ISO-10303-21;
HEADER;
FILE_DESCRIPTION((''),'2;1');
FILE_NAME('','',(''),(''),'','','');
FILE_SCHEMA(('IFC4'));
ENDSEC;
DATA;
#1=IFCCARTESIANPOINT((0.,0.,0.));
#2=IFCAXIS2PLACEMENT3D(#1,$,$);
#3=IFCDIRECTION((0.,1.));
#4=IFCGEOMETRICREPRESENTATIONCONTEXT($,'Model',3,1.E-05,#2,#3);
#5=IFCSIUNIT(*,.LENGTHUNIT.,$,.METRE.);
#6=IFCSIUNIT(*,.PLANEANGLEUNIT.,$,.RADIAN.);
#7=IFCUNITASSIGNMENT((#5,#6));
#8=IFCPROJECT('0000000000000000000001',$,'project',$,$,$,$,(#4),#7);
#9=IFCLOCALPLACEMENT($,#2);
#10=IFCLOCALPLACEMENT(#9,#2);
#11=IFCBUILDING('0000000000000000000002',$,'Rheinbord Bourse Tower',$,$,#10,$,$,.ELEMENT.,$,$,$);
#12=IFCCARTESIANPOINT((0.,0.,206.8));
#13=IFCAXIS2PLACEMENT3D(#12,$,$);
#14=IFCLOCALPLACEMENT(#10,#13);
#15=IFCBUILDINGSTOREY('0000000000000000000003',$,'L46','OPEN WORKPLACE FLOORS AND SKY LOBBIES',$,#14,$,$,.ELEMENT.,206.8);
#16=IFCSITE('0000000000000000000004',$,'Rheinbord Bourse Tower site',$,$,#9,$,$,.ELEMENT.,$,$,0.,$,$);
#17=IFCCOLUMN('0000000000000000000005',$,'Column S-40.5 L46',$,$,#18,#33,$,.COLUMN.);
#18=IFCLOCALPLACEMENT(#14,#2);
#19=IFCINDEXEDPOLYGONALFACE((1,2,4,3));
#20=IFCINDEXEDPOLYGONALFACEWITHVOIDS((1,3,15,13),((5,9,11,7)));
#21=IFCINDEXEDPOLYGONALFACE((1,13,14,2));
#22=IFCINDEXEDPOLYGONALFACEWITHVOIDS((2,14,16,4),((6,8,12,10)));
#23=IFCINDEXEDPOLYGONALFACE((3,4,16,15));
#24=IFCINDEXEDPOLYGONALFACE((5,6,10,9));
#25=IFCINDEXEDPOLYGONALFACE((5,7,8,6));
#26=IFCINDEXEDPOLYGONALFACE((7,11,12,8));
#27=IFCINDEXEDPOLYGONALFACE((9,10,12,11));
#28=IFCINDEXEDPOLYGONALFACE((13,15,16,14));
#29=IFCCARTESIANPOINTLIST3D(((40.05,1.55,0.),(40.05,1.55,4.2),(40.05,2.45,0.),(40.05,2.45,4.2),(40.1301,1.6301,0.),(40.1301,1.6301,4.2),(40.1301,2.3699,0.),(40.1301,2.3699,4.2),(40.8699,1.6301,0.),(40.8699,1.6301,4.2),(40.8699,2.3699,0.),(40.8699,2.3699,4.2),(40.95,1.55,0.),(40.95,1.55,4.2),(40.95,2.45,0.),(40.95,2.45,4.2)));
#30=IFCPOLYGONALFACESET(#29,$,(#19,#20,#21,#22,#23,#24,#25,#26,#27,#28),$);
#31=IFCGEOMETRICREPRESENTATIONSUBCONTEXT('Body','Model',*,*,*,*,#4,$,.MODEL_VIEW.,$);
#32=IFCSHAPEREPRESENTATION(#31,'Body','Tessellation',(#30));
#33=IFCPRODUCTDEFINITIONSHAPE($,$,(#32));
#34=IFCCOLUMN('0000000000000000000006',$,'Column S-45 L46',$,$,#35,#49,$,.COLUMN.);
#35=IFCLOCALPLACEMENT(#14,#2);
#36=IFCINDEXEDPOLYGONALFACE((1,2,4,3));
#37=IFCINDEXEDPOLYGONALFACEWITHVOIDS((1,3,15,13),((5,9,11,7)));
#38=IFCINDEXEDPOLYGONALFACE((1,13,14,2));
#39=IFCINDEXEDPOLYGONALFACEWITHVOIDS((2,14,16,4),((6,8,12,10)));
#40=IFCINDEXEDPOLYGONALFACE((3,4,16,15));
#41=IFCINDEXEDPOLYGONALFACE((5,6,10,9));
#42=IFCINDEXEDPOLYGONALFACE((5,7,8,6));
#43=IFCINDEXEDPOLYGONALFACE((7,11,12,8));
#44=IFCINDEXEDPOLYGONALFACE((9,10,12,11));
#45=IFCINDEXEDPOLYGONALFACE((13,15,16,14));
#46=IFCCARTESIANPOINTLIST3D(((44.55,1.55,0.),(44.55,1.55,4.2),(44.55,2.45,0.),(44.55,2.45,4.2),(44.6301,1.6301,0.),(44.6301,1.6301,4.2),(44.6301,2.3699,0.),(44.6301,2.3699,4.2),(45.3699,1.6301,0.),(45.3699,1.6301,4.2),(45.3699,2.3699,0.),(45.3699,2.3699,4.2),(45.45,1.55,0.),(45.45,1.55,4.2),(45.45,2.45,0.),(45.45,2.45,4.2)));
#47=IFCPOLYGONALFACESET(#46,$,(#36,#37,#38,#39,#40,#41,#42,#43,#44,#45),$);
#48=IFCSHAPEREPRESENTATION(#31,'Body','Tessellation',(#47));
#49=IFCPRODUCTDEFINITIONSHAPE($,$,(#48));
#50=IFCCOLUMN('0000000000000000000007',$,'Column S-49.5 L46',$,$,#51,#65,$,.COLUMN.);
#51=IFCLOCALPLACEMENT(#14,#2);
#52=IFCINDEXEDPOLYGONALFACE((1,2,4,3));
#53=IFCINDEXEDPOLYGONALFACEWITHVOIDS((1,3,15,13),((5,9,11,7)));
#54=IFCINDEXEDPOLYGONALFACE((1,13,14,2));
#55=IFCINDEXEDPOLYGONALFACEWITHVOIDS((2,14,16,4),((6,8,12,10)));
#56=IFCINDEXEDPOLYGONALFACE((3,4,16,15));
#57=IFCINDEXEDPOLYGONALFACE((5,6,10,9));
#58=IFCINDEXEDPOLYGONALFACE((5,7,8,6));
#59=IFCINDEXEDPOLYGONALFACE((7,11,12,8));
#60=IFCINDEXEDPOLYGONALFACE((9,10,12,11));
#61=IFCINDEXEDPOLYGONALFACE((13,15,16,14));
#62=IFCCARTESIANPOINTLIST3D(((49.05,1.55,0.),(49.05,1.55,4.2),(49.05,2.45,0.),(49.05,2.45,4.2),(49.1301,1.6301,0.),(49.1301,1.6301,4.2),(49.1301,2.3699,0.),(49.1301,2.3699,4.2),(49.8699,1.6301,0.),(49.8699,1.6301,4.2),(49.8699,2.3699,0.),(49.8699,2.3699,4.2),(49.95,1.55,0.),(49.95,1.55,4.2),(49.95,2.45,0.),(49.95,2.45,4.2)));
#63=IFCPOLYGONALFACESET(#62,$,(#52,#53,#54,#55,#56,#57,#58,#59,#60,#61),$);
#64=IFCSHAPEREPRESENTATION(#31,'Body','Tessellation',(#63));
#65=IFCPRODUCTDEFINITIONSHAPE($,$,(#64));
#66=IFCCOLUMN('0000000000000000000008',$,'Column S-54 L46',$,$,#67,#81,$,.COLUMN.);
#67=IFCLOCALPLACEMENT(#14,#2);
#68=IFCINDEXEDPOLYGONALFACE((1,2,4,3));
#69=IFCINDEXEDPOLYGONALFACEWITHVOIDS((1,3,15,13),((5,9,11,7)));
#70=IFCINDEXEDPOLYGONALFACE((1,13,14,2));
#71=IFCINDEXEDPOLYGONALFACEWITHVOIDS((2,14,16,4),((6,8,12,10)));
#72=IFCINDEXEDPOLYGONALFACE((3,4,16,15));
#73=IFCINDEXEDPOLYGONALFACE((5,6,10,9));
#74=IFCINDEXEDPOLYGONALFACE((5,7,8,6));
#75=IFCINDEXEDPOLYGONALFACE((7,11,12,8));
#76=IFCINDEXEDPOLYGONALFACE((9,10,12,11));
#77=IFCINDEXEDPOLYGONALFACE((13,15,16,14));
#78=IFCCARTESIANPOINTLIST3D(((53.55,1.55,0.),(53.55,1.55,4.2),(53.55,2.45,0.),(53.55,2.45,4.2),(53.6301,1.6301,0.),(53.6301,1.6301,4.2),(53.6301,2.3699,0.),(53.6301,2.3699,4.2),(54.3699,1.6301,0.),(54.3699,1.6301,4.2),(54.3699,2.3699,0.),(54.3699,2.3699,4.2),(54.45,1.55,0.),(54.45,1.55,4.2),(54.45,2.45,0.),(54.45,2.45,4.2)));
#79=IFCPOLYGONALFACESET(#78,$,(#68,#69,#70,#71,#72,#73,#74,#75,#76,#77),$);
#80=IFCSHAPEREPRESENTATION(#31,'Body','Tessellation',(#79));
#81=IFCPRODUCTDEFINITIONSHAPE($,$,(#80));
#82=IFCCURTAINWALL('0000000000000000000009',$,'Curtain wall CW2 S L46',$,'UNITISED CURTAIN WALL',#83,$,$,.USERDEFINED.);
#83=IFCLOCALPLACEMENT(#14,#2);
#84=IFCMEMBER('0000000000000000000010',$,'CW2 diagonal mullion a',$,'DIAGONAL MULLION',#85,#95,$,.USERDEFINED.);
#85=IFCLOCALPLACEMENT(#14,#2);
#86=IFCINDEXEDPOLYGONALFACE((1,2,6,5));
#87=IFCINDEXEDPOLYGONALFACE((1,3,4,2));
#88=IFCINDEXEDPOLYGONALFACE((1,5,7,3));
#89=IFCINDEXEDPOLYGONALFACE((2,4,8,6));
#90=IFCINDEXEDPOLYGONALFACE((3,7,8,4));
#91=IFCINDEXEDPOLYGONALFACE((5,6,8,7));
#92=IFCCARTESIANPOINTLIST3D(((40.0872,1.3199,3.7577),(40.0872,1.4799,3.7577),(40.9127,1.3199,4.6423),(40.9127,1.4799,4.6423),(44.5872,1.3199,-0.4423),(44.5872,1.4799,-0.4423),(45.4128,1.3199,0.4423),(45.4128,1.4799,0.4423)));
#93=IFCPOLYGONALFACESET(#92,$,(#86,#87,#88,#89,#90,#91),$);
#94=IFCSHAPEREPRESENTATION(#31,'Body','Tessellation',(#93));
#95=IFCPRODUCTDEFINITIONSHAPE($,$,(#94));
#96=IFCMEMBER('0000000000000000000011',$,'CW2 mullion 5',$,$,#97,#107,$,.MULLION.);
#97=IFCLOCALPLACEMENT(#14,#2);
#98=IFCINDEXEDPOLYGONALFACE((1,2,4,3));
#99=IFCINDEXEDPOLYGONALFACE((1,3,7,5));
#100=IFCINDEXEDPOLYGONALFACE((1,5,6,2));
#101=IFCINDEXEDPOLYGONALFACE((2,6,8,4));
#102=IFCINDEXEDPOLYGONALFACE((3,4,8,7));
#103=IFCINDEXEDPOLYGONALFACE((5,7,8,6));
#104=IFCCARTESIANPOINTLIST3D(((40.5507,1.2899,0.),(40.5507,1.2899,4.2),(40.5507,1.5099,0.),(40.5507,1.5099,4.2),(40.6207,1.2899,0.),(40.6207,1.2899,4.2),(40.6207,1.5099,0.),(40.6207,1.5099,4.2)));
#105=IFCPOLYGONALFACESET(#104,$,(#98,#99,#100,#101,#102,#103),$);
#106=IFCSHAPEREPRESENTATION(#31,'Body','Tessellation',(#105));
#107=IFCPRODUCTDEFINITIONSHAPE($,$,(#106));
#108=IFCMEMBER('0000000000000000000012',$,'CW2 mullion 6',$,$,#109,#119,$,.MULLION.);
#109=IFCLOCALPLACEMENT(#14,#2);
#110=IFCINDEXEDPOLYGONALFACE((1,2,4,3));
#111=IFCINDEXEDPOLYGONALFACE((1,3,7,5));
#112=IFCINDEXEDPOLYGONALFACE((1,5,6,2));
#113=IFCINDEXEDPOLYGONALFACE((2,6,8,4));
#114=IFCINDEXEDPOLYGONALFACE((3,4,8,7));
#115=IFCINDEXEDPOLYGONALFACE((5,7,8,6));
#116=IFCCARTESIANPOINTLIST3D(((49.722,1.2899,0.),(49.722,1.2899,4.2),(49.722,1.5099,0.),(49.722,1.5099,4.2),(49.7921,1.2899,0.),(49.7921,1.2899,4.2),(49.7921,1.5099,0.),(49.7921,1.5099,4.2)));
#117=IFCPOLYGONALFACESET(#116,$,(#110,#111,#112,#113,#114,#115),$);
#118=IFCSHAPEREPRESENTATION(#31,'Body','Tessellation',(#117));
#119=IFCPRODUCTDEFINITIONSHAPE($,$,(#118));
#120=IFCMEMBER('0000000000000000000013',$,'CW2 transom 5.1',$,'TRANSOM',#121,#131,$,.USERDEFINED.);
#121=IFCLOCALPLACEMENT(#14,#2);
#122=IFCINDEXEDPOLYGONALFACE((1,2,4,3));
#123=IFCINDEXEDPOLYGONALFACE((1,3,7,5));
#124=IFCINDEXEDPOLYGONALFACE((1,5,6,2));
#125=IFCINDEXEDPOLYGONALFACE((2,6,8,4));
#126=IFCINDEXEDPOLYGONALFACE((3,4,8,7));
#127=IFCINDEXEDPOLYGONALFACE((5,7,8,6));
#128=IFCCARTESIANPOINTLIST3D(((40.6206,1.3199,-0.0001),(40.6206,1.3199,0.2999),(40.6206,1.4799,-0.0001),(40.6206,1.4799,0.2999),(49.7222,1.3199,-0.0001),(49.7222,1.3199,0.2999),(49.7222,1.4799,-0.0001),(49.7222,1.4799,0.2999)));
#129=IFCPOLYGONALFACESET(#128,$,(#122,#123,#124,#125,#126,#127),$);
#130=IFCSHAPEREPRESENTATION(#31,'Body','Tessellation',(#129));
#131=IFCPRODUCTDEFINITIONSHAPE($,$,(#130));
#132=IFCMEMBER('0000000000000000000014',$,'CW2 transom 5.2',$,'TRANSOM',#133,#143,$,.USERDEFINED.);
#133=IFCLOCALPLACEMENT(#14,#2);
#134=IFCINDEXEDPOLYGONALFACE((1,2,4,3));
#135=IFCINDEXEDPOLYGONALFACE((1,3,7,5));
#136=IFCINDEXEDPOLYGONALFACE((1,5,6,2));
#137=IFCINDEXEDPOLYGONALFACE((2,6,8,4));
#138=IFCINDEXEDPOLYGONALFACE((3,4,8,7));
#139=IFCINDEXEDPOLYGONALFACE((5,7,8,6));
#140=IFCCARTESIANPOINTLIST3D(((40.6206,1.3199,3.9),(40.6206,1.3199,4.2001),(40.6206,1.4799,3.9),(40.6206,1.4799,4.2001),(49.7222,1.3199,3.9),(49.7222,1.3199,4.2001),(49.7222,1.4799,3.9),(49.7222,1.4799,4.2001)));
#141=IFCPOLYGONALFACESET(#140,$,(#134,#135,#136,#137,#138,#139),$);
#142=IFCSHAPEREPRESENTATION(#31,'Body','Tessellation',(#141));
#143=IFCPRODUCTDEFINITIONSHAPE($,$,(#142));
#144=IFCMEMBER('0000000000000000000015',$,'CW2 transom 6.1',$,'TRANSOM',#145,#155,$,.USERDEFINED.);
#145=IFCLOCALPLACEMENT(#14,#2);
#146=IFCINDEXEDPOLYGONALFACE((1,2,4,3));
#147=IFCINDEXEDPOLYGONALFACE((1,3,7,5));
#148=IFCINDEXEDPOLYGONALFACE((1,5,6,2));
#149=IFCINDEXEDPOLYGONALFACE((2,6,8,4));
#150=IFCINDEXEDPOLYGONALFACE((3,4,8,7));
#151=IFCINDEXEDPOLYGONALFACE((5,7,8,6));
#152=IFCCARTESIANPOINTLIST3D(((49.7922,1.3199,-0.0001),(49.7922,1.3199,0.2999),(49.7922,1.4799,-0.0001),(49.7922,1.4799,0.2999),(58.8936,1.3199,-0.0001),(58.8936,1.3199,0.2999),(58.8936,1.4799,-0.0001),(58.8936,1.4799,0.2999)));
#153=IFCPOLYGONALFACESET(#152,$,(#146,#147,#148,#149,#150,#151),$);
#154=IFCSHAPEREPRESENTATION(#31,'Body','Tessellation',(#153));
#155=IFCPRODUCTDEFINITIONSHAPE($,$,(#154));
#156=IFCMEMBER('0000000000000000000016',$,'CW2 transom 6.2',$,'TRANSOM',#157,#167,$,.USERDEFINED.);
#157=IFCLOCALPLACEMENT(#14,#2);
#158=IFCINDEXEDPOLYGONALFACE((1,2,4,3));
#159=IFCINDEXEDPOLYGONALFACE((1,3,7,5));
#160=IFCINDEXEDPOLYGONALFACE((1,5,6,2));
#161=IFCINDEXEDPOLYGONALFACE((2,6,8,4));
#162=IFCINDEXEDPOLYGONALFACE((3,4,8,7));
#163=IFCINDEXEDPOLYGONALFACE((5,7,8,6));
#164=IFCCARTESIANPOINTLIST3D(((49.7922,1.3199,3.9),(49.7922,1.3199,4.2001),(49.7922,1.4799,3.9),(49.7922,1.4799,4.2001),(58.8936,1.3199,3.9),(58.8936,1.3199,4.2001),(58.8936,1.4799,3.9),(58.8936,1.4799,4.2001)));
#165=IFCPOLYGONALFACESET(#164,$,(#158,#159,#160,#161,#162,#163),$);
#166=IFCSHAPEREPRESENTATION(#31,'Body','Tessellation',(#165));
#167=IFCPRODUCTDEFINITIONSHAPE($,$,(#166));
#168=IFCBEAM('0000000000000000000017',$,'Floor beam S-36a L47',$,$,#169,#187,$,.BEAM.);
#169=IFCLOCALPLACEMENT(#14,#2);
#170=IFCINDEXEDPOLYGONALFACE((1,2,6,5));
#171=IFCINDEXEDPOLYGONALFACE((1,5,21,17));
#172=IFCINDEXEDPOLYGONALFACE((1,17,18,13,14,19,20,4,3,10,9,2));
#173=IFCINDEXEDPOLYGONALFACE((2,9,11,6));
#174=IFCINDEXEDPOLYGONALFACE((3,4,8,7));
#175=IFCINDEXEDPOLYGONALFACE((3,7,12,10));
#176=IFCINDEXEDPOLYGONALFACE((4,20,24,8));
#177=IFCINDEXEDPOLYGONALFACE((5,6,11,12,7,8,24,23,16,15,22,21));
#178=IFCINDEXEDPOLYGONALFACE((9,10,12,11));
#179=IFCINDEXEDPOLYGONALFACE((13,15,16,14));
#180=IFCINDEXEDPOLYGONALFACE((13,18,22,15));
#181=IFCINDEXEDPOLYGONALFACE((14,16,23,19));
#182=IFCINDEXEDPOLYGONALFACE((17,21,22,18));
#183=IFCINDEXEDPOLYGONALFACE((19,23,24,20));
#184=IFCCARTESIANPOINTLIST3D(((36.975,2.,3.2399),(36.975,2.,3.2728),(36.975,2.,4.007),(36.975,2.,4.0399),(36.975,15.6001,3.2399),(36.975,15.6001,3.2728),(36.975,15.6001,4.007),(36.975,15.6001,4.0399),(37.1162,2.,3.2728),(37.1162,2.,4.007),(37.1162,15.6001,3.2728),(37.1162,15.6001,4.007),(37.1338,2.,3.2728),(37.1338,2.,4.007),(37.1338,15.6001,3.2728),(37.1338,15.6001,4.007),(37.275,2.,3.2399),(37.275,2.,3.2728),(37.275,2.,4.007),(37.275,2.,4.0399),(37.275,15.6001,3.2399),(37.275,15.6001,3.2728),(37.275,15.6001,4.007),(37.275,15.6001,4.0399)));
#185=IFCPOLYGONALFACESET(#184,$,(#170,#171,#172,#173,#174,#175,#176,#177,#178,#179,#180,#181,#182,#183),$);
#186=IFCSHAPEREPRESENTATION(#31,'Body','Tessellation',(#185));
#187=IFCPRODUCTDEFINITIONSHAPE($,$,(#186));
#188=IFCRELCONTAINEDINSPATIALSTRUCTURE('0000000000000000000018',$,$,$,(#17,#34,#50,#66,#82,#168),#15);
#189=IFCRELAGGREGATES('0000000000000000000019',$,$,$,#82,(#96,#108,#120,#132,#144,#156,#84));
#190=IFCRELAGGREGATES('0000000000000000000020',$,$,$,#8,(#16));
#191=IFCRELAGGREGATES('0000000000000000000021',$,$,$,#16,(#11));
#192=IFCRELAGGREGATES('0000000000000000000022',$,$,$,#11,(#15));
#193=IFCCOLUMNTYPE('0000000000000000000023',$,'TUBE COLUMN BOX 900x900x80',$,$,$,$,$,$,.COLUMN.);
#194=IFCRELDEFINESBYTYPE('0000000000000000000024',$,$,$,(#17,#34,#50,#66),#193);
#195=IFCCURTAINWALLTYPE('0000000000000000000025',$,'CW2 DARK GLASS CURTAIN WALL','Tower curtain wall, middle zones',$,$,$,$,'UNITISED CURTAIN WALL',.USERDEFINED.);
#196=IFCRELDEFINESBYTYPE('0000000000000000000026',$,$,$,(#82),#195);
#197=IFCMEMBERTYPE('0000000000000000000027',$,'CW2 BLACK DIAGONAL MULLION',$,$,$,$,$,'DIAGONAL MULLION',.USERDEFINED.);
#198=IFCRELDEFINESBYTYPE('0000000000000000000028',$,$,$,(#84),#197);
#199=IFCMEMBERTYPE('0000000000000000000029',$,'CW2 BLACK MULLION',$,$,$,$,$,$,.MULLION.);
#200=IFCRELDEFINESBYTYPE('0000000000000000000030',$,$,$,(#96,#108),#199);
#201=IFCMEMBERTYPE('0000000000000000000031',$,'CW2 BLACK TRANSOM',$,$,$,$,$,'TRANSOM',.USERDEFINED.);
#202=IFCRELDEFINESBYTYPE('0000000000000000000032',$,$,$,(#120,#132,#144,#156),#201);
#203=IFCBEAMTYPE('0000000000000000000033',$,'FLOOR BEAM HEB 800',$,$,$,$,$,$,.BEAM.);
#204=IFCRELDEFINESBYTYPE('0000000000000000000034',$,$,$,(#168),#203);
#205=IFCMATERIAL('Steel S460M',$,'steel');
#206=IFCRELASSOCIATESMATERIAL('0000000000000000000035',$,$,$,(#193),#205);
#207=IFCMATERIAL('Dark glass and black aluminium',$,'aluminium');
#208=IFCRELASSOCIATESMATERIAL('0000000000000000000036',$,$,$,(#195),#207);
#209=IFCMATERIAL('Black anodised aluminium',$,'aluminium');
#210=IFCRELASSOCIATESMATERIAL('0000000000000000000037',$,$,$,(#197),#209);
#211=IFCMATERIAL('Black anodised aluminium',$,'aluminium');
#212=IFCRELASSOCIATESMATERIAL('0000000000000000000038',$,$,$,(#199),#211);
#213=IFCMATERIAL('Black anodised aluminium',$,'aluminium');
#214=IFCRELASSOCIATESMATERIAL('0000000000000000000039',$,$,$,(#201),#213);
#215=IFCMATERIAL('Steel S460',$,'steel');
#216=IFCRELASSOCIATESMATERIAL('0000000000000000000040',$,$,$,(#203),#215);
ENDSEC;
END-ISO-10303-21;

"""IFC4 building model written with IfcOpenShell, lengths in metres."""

from ifc_helpers import new_model, si_unit, direction, frame, origin, origin_2d, place, context, subcontext, project, spatial, rectangle, hollow_rectangle, i_section, extrude, material, material_profile, profile_set, type_object, element, aggregate, save


model = new_model("IFC4")

# Units and contexts
model_context = context("Model", 3, precision=1e-05, world=origin(), true_north=direction((0.0, 1.0)))
body_context = subcontext(model_context, "Body", "Model", "MODEL_VIEW")
ifc_project = project(units=[si_unit("LENGTHUNIT", "METRE"), si_unit("PLANEANGLEUNIT", "RADIAN")], contexts=[model_context])

# Site, building, storey
site_placement = place(None, origin())
site = spatial("IfcSite", under=ifc_project, at=site_placement, Name="Rheinbord Bourse Tower site", CompositionType="ELEMENT", RefElevation=0.0)
building_placement = place(site_placement, origin())
building = spatial("IfcBuilding", under=site, at=building_placement, Name="Rheinbord Bourse Tower", CompositionType="ELEMENT")
storey_placement = place(building_placement, frame((0.0, 0.0, 206.8)))
storey = spatial("IfcBuildingStorey", under=building, at=storey_placement, Name="L46", Description="OPEN WORKPLACE FLOORS AND SKY LOBBIES", CompositionType="ELEMENT", Elevation=206.8)

# Columns
ifc_material_1 = material(Name="Steel S460M", Category="steel")
ifc_material_profile_1 = material_profile(ifc_material_1, hollow_rectangle(XDim=0.8999, YDim=0.8999, WallThickness=0.0801, at=origin_2d()), Name="BOX 900x900x80")
ifc_profile_set_1 = profile_set([ifc_material_profile_1], Name="Steel S460M")
column_type = type_object("IfcColumnType", Name="TUBE COLUMN BOX 900x900x80", PredefinedType="COLUMN", material=ifc_profile_set_1)
for number, where, z_axis, x_axis, name in (
    (1, (40.5, 2.0, 0.0), (0.0, 0.0, 1.0), (0.0, 1.0, 0.0), "Column S-40.5 L46"),
    (2, (45.0, 2.0, 0.0), (0.0, 0.0, 1.0), (0.0, 1.0, 0.0), "Column S-45 L46"),
    (3, (49.5, 2.0, 0.0), (0.0, 0.0, 1.0), (0.0, 1.0, 0.0), "Column S-49.5 L46"),
    (4, (54.0, 2.0, 0.0), (0.0, 0.0, 1.0), (0.0, 1.0, 0.0), "Column S-54 L46"),
):
    element("IfcColumn", number, at=place(storey_placement, frame(where, z_axis=z_axis, x_axis=x_axis)), inside=storey, type_object=column_type, Name=name, PredefinedType="COLUMN", context=body_context, shape_type="SweptSolid", body=[
        extrude(hollow_rectangle(XDim=0.8999, YDim=0.8999, WallThickness=0.0801, at=origin_2d()), origin(), (0.0, 0.0, 1.0), 4.2),
    ])

# Curtain wall, members
ifc_material_2 = material(Name="Dark glass and black aluminium", Category="aluminium")
curtain_wall_type = type_object("IfcCurtainWallType", Name="CW2 DARK GLASS CURTAIN WALL", Description="Tower curtain wall, middle zones", ElementType="UNITISED CURTAIN WALL", PredefinedType="USERDEFINED", material=ifc_material_2)
curtain_wall_placement = place(storey_placement, origin())
curtain_wall = element("IfcCurtainWall", 5, at=curtain_wall_placement, inside=storey, type_object=curtain_wall_type, Name="Curtain wall CW2 S L46", ObjectType="UNITISED CURTAIN WALL", PredefinedType="USERDEFINED")
ifc_material_3 = material(Name="Black anodised aluminium", Category="aluminium")
ifc_material_profile_2 = material_profile(ifc_material_3, rectangle(XDim=0.1599, YDim=1.21, at=origin_2d()), Name="CW2 DIAGONAL MULLION 1210x160")
ifc_profile_set_2 = profile_set([ifc_material_profile_2], Name="Black anodised aluminium")
member_type_1 = type_object("IfcMemberType", Name="CW2 BLACK DIAGONAL MULLION", ElementType="DIAGONAL MULLION", PredefinedType="USERDEFINED", material=ifc_profile_set_2)
member_1_placement = place(storey_placement, frame((45.0, 1.3999, 0.0), z_axis=(-0.731059, 0.0, 0.682314), x_axis=(0.0, -1.0, 0.0)))
member_1 = element("IfcMember", 6, at=member_1_placement, type_object=member_type_1, Name="CW2 diagonal mullion a", ObjectType="DIAGONAL MULLION", PredefinedType="USERDEFINED", context=body_context, shape_type="SweptSolid", body=[
    extrude(rectangle(XDim=0.1599, YDim=1.21, at=origin_2d()), origin(), (0.0, 0.0, 1.0), 6.1555),
])
ifc_material_4 = material(Name="Black anodised aluminium", Category="aluminium")
ifc_material_profile_3 = material_profile(ifc_material_4, rectangle(XDim=0.22, YDim=0.0701, at=origin_2d()), Name="CW2 MULLION 70x220")
ifc_profile_set_3 = profile_set([ifc_material_profile_3], Name="Black anodised aluminium")
member_type_2 = type_object("IfcMemberType", Name="CW2 BLACK MULLION", PredefinedType="MULLION", material=ifc_profile_set_3)
member_2_placement = place(storey_placement, frame((40.5857, 1.3999, 0.0), z_axis=(0.0, 0.0, 1.0), x_axis=(0.0, 1.0, 0.0)))
member_2 = element("IfcMember", 7, at=member_2_placement, type_object=member_type_2, Name="CW2 mullion 5", PredefinedType="MULLION", context=body_context, shape_type="SweptSolid", body=[
    extrude(rectangle(XDim=0.22, YDim=0.0701, at=origin_2d()), origin(), (0.0, 0.0, 1.0), 4.2),
])
member_3_placement = place(storey_placement, frame((49.7571, 1.3999, 0.0), z_axis=(0.0, 0.0, 1.0), x_axis=(0.0, 1.0, 0.0)))
member_3 = element("IfcMember", 8, at=member_3_placement, type_object=member_type_2, Name="CW2 mullion 6", PredefinedType="MULLION", context=body_context, shape_type="SweptSolid", body=[
    extrude(rectangle(XDim=0.22, YDim=0.0701, at=origin_2d()), origin(), (0.0, 0.0, 1.0), 4.2),
])
ifc_material_5 = material(Name="Black anodised aluminium", Category="aluminium")
ifc_material_profile_4 = material_profile(ifc_material_5, rectangle(XDim=0.1599, YDim=0.3, at=origin_2d()), Name="CW2 TRANSOM 300x160")
ifc_profile_set_4 = profile_set([ifc_material_profile_4], Name="Black anodised aluminium")
member_type_3 = type_object("IfcMemberType", Name="CW2 BLACK TRANSOM", ElementType="TRANSOM", PredefinedType="USERDEFINED", material=ifc_profile_set_4)
member_4_placement = place(storey_placement, frame((40.6206, 1.3999, 0.1499), z_axis=(1.0, 0.0, 0.0), x_axis=(0.0, 1.0, 0.0)))
member_4 = element("IfcMember", 9, at=member_4_placement, type_object=member_type_3, Name="CW2 transom 5.1", ObjectType="TRANSOM", PredefinedType="USERDEFINED", context=body_context, shape_type="SweptSolid", body=[
    extrude(rectangle(XDim=0.1599, YDim=0.3, at=origin_2d()), origin(), (0.0, 0.0, 1.0), 9.1016),
])
member_5_placement = place(storey_placement, frame((40.6206, 1.3999, 4.05), z_axis=(1.0, 0.0, 0.0), x_axis=(0.0, 1.0, 0.0)))
member_5 = element("IfcMember", 10, at=member_5_placement, type_object=member_type_3, Name="CW2 transom 5.2", ObjectType="TRANSOM", PredefinedType="USERDEFINED", context=body_context, shape_type="SweptSolid", body=[
    extrude(rectangle(XDim=0.1599, YDim=0.3, at=origin_2d()), origin(), (0.0, 0.0, 1.0), 9.1016),
])
member_6_placement = place(storey_placement, frame((49.7922, 1.3999, 0.1499), z_axis=(1.0, 0.0, 0.0), x_axis=(0.0, 1.0, 0.0)))
member_6 = element("IfcMember", 11, at=member_6_placement, type_object=member_type_3, Name="CW2 transom 6.1", ObjectType="TRANSOM", PredefinedType="USERDEFINED", context=body_context, shape_type="SweptSolid", body=[
    extrude(rectangle(XDim=0.1599, YDim=0.3, at=origin_2d()), origin(), (0.0, 0.0, 1.0), 9.1013),
])
member_7_placement = place(storey_placement, frame((49.7922, 1.3999, 4.05), z_axis=(1.0, 0.0, 0.0), x_axis=(0.0, 1.0, 0.0)))
member_7 = element("IfcMember", 12, at=member_7_placement, type_object=member_type_3, Name="CW2 transom 6.2", ObjectType="TRANSOM", PredefinedType="USERDEFINED", context=body_context, shape_type="SweptSolid", body=[
    extrude(rectangle(XDim=0.1599, YDim=0.3, at=origin_2d()), origin(), (0.0, 0.0, 1.0), 9.1013),
])

# Beam
ifc_material_6 = material(Name="Steel S460", Category="steel")
ifc_material_profile_5 = material_profile(ifc_material_6, i_section(OverallWidth=0.3, OverallDepth=0.8, WebThickness=0.0176, FlangeThickness=0.033, at=origin_2d()), Name="HEB 800")
ifc_profile_set_5 = profile_set([ifc_material_profile_5], Name="Steel S460")
beam_type_1 = type_object("IfcBeamType", Name="FLOOR BEAM HEB 800", PredefinedType="BEAM", material=ifc_profile_set_5)
for number, where, z_axis, x_axis, name in (
    (13, (37.125, 2.0, 3.6399), (0.0, 1.0, 0.0), (-1.0, 0.0, 0.0), "Floor beam S-36a L47"),
):
    element("IfcBeam", number, at=place(storey_placement, frame(where, z_axis=z_axis, x_axis=x_axis)), inside=storey, type_object=beam_type_1, Name=name, PredefinedType="BEAM", context=body_context, shape_type="SweptSolid", body=[
        extrude(i_section(OverallWidth=0.3, OverallDepth=0.8, WebThickness=0.0176, FlangeThickness=0.033, at=origin_2d()), origin(), (0.0, 0.0, 1.0), 13.6001),
    ])

aggregate(curtain_wall, [member_2, member_3, member_4, member_5, member_6, member_7, member_1])

save(model, "model.ifc")
